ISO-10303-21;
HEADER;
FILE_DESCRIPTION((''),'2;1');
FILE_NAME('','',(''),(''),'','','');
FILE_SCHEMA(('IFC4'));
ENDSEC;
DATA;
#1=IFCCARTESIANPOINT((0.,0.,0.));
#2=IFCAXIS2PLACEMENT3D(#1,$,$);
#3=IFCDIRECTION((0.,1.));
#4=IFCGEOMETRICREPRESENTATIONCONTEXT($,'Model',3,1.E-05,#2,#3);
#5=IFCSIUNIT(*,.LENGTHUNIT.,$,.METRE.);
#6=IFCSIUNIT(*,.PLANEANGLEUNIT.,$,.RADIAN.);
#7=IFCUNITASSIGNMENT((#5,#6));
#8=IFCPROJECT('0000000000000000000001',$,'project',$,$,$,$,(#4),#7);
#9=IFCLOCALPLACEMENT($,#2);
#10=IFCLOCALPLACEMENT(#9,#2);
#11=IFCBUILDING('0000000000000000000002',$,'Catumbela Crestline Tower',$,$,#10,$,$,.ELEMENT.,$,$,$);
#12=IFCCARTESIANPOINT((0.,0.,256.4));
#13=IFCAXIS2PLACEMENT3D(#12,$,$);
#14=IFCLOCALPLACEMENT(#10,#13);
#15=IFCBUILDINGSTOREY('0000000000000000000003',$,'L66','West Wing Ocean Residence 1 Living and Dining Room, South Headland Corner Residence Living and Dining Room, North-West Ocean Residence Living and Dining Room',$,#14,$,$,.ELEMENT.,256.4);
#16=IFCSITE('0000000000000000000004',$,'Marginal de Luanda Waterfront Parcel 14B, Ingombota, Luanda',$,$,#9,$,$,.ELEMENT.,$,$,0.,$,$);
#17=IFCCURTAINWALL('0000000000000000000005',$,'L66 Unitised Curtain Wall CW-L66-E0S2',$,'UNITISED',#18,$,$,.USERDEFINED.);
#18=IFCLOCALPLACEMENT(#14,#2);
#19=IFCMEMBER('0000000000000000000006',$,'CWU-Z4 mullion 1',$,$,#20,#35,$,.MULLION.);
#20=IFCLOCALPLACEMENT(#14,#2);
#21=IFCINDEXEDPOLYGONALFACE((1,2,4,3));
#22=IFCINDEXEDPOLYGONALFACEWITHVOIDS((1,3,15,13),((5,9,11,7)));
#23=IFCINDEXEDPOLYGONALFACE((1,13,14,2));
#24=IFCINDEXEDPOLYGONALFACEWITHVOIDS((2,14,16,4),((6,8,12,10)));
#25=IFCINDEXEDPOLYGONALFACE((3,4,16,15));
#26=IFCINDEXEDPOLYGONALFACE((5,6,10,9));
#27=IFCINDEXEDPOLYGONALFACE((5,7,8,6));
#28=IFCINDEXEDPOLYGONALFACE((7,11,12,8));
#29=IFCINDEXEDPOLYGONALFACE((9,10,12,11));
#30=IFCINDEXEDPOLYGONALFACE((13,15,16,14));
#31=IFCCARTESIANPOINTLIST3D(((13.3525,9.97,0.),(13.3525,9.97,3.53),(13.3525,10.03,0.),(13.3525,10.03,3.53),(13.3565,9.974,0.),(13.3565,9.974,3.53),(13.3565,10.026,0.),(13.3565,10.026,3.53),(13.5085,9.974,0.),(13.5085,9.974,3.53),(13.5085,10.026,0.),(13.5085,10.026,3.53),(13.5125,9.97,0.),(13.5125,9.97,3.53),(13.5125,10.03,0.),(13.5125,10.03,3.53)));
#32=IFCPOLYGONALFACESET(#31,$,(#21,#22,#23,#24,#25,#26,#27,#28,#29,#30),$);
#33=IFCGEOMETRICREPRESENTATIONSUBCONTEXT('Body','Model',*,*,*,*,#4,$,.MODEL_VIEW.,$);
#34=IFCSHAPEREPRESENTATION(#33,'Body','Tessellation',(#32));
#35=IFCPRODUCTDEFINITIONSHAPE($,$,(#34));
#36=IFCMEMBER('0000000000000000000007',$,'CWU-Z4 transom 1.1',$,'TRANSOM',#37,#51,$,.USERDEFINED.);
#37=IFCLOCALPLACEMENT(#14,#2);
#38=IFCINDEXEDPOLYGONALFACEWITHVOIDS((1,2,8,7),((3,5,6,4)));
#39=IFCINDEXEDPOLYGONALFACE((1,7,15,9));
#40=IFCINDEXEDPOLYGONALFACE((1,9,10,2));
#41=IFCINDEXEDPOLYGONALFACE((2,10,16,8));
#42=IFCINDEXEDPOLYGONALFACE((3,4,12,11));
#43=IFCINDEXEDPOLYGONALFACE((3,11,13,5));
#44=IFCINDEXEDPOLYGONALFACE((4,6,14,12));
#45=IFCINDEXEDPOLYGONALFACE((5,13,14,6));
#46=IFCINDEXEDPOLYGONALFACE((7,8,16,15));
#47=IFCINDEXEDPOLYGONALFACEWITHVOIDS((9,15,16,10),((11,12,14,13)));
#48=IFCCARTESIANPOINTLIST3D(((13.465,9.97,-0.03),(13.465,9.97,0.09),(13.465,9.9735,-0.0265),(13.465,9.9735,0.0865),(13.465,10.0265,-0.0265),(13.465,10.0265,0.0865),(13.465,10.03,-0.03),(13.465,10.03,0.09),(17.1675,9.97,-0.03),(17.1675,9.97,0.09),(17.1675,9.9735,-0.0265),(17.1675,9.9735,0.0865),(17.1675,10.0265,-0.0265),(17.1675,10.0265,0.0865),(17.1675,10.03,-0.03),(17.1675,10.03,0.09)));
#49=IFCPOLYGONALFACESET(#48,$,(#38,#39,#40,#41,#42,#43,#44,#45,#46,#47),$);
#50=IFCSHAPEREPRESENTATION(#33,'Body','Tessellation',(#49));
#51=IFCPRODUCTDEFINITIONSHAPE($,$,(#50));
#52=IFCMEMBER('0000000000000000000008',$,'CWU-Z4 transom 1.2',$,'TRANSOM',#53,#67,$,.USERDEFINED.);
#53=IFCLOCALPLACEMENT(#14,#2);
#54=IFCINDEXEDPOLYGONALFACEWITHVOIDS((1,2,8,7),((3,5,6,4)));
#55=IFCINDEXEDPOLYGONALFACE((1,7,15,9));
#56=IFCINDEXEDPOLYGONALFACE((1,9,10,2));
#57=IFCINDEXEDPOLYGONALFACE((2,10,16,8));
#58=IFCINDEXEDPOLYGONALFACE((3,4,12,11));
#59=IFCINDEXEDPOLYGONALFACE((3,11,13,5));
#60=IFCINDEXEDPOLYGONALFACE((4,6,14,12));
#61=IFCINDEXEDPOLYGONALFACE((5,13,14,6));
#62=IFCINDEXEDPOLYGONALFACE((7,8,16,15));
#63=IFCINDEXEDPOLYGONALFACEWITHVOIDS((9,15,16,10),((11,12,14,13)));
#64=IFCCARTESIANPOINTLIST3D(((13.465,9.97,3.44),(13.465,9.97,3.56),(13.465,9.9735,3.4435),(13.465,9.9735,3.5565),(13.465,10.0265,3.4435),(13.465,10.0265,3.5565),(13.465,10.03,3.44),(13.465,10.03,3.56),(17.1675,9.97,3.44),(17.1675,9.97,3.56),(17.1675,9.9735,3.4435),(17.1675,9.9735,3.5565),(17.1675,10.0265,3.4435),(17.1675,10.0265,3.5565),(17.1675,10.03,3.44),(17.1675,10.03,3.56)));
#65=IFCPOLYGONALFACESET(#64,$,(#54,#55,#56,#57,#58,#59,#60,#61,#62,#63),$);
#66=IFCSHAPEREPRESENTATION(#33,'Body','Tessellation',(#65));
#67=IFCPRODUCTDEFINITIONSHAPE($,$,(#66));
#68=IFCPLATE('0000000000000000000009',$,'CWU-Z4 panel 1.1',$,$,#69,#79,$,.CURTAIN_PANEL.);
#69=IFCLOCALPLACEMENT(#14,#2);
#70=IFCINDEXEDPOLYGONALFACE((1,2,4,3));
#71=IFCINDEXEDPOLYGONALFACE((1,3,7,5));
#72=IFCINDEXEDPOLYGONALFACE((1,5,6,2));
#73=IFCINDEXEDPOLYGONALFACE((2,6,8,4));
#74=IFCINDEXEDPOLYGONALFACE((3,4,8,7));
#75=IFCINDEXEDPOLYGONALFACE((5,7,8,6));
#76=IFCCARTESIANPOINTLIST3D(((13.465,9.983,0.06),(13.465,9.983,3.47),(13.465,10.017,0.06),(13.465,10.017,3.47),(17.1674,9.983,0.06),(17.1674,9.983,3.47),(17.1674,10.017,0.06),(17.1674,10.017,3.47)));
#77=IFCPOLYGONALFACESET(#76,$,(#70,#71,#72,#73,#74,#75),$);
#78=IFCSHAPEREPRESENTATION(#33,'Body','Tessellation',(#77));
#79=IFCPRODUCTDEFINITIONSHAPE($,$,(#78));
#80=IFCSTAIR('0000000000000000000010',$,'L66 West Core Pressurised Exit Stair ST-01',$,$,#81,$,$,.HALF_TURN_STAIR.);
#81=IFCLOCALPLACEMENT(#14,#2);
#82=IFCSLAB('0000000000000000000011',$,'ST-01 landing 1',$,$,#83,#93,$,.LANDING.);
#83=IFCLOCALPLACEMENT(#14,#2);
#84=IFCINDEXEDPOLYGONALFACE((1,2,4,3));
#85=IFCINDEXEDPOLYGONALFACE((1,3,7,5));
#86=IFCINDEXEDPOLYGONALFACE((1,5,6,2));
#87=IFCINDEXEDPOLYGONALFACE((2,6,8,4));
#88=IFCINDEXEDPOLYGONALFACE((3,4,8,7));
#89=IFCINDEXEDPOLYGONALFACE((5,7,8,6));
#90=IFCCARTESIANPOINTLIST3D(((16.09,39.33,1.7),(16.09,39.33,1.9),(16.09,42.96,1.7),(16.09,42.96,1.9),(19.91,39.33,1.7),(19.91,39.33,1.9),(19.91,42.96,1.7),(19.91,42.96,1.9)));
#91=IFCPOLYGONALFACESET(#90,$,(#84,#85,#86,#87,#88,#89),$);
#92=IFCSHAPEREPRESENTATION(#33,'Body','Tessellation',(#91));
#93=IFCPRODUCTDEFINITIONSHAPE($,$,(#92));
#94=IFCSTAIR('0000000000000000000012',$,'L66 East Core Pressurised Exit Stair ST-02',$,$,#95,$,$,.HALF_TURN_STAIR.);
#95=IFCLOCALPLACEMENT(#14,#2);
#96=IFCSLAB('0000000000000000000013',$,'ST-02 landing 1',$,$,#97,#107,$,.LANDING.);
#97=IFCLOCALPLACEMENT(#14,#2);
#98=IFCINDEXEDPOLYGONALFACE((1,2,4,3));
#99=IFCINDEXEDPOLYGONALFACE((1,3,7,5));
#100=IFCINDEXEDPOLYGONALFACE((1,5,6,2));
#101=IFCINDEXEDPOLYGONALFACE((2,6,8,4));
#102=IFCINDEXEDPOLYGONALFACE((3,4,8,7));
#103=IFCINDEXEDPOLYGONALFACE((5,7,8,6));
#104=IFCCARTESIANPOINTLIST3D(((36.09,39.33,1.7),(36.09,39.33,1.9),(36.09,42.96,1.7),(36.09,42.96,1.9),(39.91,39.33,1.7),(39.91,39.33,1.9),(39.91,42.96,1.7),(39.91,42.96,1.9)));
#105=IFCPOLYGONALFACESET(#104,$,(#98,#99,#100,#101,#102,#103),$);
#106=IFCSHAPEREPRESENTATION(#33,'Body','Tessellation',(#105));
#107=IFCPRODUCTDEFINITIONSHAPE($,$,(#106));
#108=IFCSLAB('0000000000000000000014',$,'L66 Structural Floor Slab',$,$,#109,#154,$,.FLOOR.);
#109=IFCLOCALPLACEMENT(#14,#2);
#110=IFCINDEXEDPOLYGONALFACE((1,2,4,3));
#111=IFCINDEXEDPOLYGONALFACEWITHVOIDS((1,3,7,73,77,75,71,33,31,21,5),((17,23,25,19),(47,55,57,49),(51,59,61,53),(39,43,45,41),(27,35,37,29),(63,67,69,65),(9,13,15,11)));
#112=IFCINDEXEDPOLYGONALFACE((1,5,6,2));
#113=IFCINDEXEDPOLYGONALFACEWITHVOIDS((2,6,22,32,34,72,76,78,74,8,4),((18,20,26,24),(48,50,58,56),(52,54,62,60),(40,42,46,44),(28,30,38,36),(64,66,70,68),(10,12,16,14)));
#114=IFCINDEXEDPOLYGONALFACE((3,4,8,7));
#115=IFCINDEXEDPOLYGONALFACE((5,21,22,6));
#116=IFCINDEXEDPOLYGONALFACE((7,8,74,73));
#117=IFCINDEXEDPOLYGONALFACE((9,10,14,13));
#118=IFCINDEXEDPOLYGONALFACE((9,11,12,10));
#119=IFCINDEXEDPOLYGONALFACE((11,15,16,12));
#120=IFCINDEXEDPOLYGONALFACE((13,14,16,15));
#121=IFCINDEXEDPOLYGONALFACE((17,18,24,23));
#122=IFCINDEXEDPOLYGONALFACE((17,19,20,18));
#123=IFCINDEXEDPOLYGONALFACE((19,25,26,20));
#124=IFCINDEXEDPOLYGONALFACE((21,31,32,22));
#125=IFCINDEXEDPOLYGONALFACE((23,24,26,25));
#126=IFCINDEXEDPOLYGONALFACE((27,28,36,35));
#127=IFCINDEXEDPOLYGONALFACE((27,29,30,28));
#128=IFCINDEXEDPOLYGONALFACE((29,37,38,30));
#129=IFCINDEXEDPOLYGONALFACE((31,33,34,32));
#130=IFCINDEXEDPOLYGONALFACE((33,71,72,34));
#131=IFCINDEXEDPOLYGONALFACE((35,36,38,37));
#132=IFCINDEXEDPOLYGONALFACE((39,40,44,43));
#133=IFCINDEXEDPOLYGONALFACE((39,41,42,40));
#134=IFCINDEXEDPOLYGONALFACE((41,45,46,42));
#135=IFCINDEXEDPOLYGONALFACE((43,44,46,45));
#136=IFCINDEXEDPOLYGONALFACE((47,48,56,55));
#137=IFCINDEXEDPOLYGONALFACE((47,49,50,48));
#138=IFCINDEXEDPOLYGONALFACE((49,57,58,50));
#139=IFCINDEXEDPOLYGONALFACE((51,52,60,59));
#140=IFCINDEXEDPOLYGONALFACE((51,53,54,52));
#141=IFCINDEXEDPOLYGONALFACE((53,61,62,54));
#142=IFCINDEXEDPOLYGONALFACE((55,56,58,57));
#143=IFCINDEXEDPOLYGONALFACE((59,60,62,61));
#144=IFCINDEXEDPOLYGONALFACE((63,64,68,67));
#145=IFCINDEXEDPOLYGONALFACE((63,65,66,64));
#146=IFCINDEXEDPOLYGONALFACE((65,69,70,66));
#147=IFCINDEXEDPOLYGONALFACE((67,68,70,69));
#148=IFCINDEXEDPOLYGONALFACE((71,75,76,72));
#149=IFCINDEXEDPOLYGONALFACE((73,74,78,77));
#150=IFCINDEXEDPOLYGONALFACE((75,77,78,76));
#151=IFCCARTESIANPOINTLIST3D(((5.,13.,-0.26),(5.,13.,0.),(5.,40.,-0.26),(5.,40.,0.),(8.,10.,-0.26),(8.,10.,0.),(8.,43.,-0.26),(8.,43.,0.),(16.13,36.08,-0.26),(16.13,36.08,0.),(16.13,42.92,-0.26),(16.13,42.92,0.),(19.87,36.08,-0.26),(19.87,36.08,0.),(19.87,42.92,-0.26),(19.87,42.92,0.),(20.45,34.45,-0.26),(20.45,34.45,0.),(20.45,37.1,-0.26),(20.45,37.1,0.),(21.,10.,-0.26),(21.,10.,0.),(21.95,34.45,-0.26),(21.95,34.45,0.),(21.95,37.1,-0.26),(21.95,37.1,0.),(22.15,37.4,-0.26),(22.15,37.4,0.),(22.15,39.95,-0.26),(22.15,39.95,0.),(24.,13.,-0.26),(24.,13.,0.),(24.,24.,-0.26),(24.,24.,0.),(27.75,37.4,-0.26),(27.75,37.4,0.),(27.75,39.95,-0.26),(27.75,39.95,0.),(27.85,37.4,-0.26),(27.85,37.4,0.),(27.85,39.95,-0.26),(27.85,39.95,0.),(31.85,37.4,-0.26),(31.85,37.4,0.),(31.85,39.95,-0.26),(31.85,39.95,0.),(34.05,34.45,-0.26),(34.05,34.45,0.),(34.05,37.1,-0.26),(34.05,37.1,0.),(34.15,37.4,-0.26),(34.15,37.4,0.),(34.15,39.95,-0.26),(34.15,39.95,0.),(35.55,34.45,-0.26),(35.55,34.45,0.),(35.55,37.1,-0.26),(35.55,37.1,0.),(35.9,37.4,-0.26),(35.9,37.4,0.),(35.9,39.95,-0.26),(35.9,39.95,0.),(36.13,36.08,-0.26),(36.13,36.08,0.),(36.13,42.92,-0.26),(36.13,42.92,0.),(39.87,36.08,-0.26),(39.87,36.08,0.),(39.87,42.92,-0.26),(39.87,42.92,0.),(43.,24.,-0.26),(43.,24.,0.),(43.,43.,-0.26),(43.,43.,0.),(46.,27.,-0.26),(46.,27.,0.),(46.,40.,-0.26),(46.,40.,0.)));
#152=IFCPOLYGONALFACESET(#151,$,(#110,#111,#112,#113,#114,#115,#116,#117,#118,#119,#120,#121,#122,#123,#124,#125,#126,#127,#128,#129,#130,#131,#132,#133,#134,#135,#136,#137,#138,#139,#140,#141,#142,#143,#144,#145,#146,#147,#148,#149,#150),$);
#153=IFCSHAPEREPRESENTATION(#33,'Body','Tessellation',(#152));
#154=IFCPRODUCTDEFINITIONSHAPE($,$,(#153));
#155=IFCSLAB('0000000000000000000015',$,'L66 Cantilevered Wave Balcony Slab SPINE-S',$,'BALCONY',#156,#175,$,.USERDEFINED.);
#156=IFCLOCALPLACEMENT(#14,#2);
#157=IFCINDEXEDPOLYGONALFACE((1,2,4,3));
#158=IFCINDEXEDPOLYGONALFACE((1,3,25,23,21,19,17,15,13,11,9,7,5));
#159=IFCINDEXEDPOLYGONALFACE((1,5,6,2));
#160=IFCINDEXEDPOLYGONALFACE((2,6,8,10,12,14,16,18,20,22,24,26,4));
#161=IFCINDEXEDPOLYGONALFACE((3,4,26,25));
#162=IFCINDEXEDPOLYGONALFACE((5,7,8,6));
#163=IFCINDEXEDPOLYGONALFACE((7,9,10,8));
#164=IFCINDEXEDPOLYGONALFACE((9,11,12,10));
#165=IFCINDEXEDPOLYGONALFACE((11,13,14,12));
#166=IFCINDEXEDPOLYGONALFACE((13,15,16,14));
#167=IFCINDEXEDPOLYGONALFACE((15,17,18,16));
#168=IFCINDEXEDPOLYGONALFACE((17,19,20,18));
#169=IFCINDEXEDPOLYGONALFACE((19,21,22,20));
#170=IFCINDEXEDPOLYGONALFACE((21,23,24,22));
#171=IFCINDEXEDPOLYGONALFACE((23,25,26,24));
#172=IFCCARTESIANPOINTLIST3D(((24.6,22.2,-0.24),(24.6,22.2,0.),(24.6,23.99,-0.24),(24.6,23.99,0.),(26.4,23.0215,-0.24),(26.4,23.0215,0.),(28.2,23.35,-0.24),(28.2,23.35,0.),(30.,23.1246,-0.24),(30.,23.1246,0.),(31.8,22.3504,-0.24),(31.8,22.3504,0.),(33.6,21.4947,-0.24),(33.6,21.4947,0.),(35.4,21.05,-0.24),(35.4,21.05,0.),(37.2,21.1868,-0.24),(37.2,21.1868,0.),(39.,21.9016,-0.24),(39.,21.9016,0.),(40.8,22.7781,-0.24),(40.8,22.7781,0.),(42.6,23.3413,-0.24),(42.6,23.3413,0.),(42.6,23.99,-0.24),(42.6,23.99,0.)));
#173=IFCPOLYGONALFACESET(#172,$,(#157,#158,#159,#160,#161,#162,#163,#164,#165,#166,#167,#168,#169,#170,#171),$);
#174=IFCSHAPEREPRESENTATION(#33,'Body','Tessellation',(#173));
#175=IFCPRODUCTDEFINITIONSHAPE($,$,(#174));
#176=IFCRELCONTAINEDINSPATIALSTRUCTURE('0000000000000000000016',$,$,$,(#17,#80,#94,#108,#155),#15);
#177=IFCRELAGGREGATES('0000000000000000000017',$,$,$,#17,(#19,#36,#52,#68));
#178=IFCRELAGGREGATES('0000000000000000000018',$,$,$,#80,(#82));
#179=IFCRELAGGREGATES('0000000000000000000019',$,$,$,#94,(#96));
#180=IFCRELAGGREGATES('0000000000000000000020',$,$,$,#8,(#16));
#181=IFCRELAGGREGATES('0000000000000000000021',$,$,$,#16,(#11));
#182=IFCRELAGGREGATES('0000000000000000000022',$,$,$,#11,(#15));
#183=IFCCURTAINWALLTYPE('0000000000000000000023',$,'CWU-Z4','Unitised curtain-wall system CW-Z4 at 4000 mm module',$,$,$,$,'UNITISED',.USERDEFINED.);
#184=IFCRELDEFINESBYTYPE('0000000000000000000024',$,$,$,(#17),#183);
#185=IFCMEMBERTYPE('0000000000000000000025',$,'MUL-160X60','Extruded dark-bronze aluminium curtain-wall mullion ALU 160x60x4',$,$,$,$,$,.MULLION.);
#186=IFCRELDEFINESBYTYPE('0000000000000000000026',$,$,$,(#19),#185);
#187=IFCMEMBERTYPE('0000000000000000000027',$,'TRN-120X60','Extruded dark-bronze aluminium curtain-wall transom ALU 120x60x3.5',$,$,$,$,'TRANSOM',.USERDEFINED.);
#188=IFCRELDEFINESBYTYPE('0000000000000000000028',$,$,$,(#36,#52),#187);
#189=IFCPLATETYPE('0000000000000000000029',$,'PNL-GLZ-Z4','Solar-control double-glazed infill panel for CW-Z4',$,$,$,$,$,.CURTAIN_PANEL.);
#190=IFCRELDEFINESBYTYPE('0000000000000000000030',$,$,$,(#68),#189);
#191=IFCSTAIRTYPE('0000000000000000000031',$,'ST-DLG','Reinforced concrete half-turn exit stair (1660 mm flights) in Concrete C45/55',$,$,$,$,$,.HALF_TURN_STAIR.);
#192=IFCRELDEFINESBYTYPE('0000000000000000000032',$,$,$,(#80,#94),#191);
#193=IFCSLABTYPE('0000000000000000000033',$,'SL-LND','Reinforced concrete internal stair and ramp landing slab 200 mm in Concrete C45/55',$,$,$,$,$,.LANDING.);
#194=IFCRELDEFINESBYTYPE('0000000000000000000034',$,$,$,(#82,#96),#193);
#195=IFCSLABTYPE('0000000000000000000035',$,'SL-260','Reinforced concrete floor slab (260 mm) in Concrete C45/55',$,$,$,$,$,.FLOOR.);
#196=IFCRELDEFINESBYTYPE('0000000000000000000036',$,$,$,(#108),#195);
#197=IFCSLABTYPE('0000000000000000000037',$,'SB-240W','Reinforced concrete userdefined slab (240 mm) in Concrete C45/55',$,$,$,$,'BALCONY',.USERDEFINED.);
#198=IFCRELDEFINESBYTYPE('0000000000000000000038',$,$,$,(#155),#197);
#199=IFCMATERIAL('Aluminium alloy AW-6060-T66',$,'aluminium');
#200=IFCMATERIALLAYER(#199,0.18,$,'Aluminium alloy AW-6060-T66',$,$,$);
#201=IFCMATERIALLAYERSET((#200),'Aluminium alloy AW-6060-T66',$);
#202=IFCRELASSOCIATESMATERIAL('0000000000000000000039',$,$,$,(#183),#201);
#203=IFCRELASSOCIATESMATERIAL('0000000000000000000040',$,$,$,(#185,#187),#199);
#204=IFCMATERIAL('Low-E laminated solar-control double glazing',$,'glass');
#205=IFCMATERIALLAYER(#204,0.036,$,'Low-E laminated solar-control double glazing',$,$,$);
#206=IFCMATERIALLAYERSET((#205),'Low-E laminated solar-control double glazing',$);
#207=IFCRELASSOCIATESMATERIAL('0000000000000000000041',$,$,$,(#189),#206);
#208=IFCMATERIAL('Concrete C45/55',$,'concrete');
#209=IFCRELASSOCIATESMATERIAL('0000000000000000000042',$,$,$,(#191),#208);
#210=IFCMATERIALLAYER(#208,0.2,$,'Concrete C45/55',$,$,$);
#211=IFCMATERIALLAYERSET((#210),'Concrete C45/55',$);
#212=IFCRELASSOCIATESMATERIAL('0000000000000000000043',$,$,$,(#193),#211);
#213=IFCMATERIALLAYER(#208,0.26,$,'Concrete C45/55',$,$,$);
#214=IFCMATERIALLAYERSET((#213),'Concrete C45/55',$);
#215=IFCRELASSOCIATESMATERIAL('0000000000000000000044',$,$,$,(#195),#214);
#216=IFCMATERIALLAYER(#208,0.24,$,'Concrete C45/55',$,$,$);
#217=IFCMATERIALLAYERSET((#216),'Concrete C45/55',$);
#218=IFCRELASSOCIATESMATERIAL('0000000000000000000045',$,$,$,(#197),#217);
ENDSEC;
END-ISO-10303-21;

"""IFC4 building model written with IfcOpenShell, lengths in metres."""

from ifc_helpers import new_model, si_unit, direction, frame, origin, origin_2d, place, context, subcontext, project, spatial, polyline, rectangle, hollow_rectangle, outline, extrude, material, layer, layer_set, material_profile, profile_set, type_object, element, aggregate, save


model = new_model("IFC4")

# Units and contexts
model_context = context("Model", 3, precision=1e-05, world=origin(), true_north=direction((0.0, 1.0)))
body_context = subcontext(model_context, "Body", "Model", "MODEL_VIEW")
ifc_project = project(units=[si_unit("LENGTHUNIT", "METRE"), si_unit("PLANEANGLEUNIT", "RADIAN")], contexts=[model_context])

# Site, building, storey
site_placement = place(None, origin())
site = spatial("IfcSite", under=ifc_project, at=site_placement, Name="Marginal de Luanda Waterfront Parcel 14B, Ingombota, Luanda", CompositionType="ELEMENT", RefElevation=0.0)
building_placement = place(site_placement, origin())
building = spatial("IfcBuilding", under=site, at=building_placement, Name="Catumbela Crestline Tower", CompositionType="ELEMENT")
storey_placement = place(building_placement, frame((0.0, 0.0, 256.4)))
storey = spatial("IfcBuildingStorey", under=building, at=storey_placement, Name="L66", Description="West Wing Ocean Residence 1 Living and Dining Room, South Headland Corner Residence Living and Dining Room, North-West Ocean Residence Living and Dining Room", CompositionType="ELEMENT", Elevation=256.4)

# Curtain wall, members, plate
ifc_material_1 = material(Name="Aluminium alloy AW-6060-T66", Category="aluminium")
ifc_layer_1 = layer(ifc_material_1, 0.18, Name="Aluminium alloy AW-6060-T66")
ifc_layer_set_1 = layer_set([ifc_layer_1], Name="Aluminium alloy AW-6060-T66")
curtain_wall_type = type_object("IfcCurtainWallType", Name="CWU-Z4", Description="Unitised curtain-wall system CW-Z4 at 4000 mm module", ElementType="UNITISED", PredefinedType="USERDEFINED", material=ifc_layer_set_1)
curtain_wall_placement = place(storey_placement, origin())
curtain_wall = element("IfcCurtainWall", 1, at=curtain_wall_placement, inside=storey, type_object=curtain_wall_type, Name="L66 Unitised Curtain Wall CW-L66-E0S2", ObjectType="UNITISED", PredefinedType="USERDEFINED")
ifc_material_profile_1 = material_profile(ifc_material_1, hollow_rectangle(XDim=0.06, YDim=0.16, WallThickness=0.004, at=origin_2d()), Name="ALU 160x60x4")
ifc_profile_set_1 = profile_set([ifc_material_profile_1], Name="Aluminium alloy AW-6060-T66")
member_type_1 = type_object("IfcMemberType", Name="MUL-160X60", Description="Extruded dark-bronze aluminium curtain-wall mullion ALU 160x60x4", PredefinedType="MULLION", material=ifc_profile_set_1)
member_1_placement = place(storey_placement, frame((13.4325, 10.0, 0.0), z_axis=(0.0, 0.0, 1.0), x_axis=(0.0, 1.0, 0.0)))
member_1 = element("IfcMember", 2, at=member_1_placement, type_object=member_type_1, Name="CWU-Z4 mullion 1", PredefinedType="MULLION", context=body_context, shape_type="SweptSolid", body=[
    extrude(hollow_rectangle(XDim=0.06, YDim=0.16, WallThickness=0.004, at=origin_2d()), origin(), (0.0, 0.0, 1.0), 3.53),
])
ifc_material_profile_2 = material_profile(ifc_material_1, hollow_rectangle(XDim=0.06, YDim=0.12, WallThickness=0.0035, at=origin_2d()), Name="ALU 120x60x3.5")
ifc_profile_set_2 = profile_set([ifc_material_profile_2], Name="Aluminium alloy AW-6060-T66")
member_type_2 = type_object("IfcMemberType", Name="TRN-120X60", Description="Extruded dark-bronze aluminium curtain-wall transom ALU 120x60x3.5", ElementType="TRANSOM", PredefinedType="USERDEFINED", material=ifc_profile_set_2)
member_2_placement = place(storey_placement, frame((13.465, 10.0, 0.03), z_axis=(1.0, 0.0, 0.0), x_axis=(0.0, 1.0, 0.0)))
member_2 = element("IfcMember", 3, at=member_2_placement, type_object=member_type_2, Name="CWU-Z4 transom 1.1", ObjectType="TRANSOM", PredefinedType="USERDEFINED", context=body_context, shape_type="SweptSolid", body=[
    extrude(hollow_rectangle(XDim=0.06, YDim=0.12, WallThickness=0.0035, at=origin_2d()), origin(), (0.0, 0.0, 1.0), 3.7025),
])
member_3_placement = place(storey_placement, frame((13.465, 10.0, 3.5), z_axis=(1.0, 0.0, 0.0), x_axis=(0.0, 1.0, 0.0)))
member_3 = element("IfcMember", 4, at=member_3_placement, type_object=member_type_2, Name="CWU-Z4 transom 1.2", ObjectType="TRANSOM", PredefinedType="USERDEFINED", context=body_context, shape_type="SweptSolid", body=[
    extrude(hollow_rectangle(XDim=0.06, YDim=0.12, WallThickness=0.0035, at=origin_2d()), origin(), (0.0, 0.0, 1.0), 3.7025),
])
ifc_material_2 = material(Name="Low-E laminated solar-control double glazing", Category="glass")
ifc_layer_2 = layer(ifc_material_2, 0.036, Name="Low-E laminated solar-control double glazing")
ifc_layer_set_2 = layer_set([ifc_layer_2], Name="Low-E laminated solar-control double glazing")
plate_type = type_object("IfcPlateType", Name="PNL-GLZ-Z4", Description="Solar-control double-glazed infill panel for CW-Z4", PredefinedType="CURTAIN_PANEL", material=ifc_layer_set_2)
plate_placement = place(storey_placement, frame((15.3162, 10.0, 0.06), z_axis=(0.0, 0.0, 1.0), x_axis=(1.0, 0.0, 0.0)))
plate = element("IfcPlate", 5, at=plate_placement, type_object=plate_type, Name="CWU-Z4 panel 1.1", PredefinedType="CURTAIN_PANEL", context=body_context, shape_type="SweptSolid", body=[
    extrude(rectangle(XDim=3.7025, YDim=0.034, at=origin_2d()), origin(), (0.0, 0.0, 1.0), 3.41),
])
aggregate(curtain_wall, [member_1, member_2, member_3, plate])

# Stairs, slabs
ifc_material_3 = material(Name="Concrete C45/55", Category="concrete")
stair_type = type_object("IfcStairType", Name="ST-DLG", Description="Reinforced concrete half-turn exit stair (1660 mm flights) in Concrete C45/55", PredefinedType="HALF_TURN_STAIR", material=ifc_material_3)
stair_1_placement = place(storey_placement, origin())
stair_1 = element("IfcStair", 6, at=stair_1_placement, inside=storey, type_object=stair_type, Name="L66 West Core Pressurised Exit Stair ST-01", PredefinedType="HALF_TURN_STAIR")
ifc_layer_3 = layer(ifc_material_3, 0.2, Name="Concrete C45/55")
ifc_layer_set_3 = layer_set([ifc_layer_3], Name="Concrete C45/55")
slab_type_1 = type_object("IfcSlabType", Name="SL-LND", Description="Reinforced concrete internal stair and ramp landing slab 200 mm in Concrete C45/55", PredefinedType="LANDING", material=ifc_layer_set_3)
slab_1_placement = place(storey_placement, frame((0.0, 0.0, 1.7)))
slab_1 = element("IfcSlab", 7, at=slab_1_placement, type_object=slab_type_1, Name="ST-01 landing 1", PredefinedType="LANDING", context=body_context, shape_type="SweptSolid", body=[
    extrude(outline(polyline([(19.91, 39.33), (19.91, 42.96), (16.09, 42.96), (16.09, 39.33), (19.91, 39.33)])), origin(), (0.0, 0.0, 1.0), 0.2),
])
aggregate(stair_1, [slab_1])
stair_2_placement = place(storey_placement, origin())
stair_2 = element("IfcStair", 8, at=stair_2_placement, inside=storey, type_object=stair_type, Name="L66 East Core Pressurised Exit Stair ST-02", PredefinedType="HALF_TURN_STAIR")
slab_2_placement = place(storey_placement, frame((0.0, 0.0, 1.7)))
slab_2 = element("IfcSlab", 9, at=slab_2_placement, type_object=slab_type_1, Name="ST-02 landing 1", PredefinedType="LANDING", context=body_context, shape_type="SweptSolid", body=[
    extrude(outline(polyline([(39.91, 39.33), (39.91, 42.96), (36.09, 42.96), (36.09, 39.33), (39.91, 39.33)])), origin(), (0.0, 0.0, 1.0), 0.2),
])
aggregate(stair_2, [slab_2])

# Slabs
ifc_layer_4 = layer(ifc_material_3, 0.26, Name="Concrete C45/55")
ifc_layer_set_4 = layer_set([ifc_layer_4], Name="Concrete C45/55")
slab_type_2 = type_object("IfcSlabType", Name="SL-260", Description="Reinforced concrete floor slab (260 mm) in Concrete C45/55", PredefinedType="FLOOR", material=ifc_layer_set_4)
slab_3_placement = place(storey_placement, frame((0.0, 0.0, -0.26)))
element("IfcSlab", 10, at=slab_3_placement, inside=storey, type_object=slab_type_2, Name="L66 Structural Floor Slab", PredefinedType="FLOOR", context=body_context, shape_type="SweptSolid", body=[
    extrude(outline(polyline([(8.0, 10.0), (21.0, 10.0), (24.0, 13.0), (24.0, 24.0), (43.0, 24.0), (46.0, 27.0), (46.0, 40.0), (43.0, 43.0), (8.0, 43.0), (5.0, 40.0), (5.0, 13.0), (8.0, 10.0)]), holes=[polyline([(16.13, 36.08), (19.87, 36.08), (19.87, 42.92), (16.13, 42.92), (16.13, 36.08)]), polyline([(36.13, 36.08), (39.87, 36.08), (39.87, 42.92), (36.13, 42.92), (36.13, 36.08)]), polyline([(22.15, 37.4), (27.75, 37.4), (27.75, 39.95), (22.15, 39.95), (22.15, 37.4)]), polyline([(27.85, 37.4), (31.85, 37.4), (31.85, 39.95), (27.85, 39.95), (27.85, 37.4)]), polyline([(20.45, 34.45), (21.95, 34.45), (21.95, 37.1), (20.45, 37.1), (20.45, 34.45)]), polyline([(34.05, 34.45), (35.55, 34.45), (35.55, 37.1), (34.05, 37.1), (34.05, 34.45)]), polyline([(34.15, 37.4), (35.9, 37.4), (35.9, 39.95), (34.15, 39.95), (34.15, 37.4)])]), origin(), (0.0, 0.0, 1.0), 0.26),
])
ifc_layer_5 = layer(ifc_material_3, 0.24, Name="Concrete C45/55")
ifc_layer_set_5 = layer_set([ifc_layer_5], Name="Concrete C45/55")
slab_type_3 = type_object("IfcSlabType", Name="SB-240W", Description="Reinforced concrete userdefined slab (240 mm) in Concrete C45/55", ElementType="BALCONY", PredefinedType="USERDEFINED", material=ifc_layer_set_5)
slab_4_placement = place(storey_placement, frame((0.0, 0.0, -0.24)))
element("IfcSlab", 11, at=slab_4_placement, inside=storey, type_object=slab_type_3, Name="L66 Cantilevered Wave Balcony Slab SPINE-S", ObjectType="BALCONY", PredefinedType="USERDEFINED", context=body_context, shape_type="SweptSolid", body=[
    extrude(outline(polyline([(24.6, 22.2), (26.4, 23.0215), (28.2, 23.35), (30.0, 23.1246), (31.8, 22.3504), (33.6, 21.4947), (35.4, 21.05), (37.2, 21.1868), (39.0, 21.9016), (40.8, 22.7781), (42.6, 23.3413), (42.6, 23.99), (24.6, 23.99), (24.6, 22.2)])), origin(), (0.0, 0.0, 1.0), 0.24),
])

save(model, "model.ifc")
